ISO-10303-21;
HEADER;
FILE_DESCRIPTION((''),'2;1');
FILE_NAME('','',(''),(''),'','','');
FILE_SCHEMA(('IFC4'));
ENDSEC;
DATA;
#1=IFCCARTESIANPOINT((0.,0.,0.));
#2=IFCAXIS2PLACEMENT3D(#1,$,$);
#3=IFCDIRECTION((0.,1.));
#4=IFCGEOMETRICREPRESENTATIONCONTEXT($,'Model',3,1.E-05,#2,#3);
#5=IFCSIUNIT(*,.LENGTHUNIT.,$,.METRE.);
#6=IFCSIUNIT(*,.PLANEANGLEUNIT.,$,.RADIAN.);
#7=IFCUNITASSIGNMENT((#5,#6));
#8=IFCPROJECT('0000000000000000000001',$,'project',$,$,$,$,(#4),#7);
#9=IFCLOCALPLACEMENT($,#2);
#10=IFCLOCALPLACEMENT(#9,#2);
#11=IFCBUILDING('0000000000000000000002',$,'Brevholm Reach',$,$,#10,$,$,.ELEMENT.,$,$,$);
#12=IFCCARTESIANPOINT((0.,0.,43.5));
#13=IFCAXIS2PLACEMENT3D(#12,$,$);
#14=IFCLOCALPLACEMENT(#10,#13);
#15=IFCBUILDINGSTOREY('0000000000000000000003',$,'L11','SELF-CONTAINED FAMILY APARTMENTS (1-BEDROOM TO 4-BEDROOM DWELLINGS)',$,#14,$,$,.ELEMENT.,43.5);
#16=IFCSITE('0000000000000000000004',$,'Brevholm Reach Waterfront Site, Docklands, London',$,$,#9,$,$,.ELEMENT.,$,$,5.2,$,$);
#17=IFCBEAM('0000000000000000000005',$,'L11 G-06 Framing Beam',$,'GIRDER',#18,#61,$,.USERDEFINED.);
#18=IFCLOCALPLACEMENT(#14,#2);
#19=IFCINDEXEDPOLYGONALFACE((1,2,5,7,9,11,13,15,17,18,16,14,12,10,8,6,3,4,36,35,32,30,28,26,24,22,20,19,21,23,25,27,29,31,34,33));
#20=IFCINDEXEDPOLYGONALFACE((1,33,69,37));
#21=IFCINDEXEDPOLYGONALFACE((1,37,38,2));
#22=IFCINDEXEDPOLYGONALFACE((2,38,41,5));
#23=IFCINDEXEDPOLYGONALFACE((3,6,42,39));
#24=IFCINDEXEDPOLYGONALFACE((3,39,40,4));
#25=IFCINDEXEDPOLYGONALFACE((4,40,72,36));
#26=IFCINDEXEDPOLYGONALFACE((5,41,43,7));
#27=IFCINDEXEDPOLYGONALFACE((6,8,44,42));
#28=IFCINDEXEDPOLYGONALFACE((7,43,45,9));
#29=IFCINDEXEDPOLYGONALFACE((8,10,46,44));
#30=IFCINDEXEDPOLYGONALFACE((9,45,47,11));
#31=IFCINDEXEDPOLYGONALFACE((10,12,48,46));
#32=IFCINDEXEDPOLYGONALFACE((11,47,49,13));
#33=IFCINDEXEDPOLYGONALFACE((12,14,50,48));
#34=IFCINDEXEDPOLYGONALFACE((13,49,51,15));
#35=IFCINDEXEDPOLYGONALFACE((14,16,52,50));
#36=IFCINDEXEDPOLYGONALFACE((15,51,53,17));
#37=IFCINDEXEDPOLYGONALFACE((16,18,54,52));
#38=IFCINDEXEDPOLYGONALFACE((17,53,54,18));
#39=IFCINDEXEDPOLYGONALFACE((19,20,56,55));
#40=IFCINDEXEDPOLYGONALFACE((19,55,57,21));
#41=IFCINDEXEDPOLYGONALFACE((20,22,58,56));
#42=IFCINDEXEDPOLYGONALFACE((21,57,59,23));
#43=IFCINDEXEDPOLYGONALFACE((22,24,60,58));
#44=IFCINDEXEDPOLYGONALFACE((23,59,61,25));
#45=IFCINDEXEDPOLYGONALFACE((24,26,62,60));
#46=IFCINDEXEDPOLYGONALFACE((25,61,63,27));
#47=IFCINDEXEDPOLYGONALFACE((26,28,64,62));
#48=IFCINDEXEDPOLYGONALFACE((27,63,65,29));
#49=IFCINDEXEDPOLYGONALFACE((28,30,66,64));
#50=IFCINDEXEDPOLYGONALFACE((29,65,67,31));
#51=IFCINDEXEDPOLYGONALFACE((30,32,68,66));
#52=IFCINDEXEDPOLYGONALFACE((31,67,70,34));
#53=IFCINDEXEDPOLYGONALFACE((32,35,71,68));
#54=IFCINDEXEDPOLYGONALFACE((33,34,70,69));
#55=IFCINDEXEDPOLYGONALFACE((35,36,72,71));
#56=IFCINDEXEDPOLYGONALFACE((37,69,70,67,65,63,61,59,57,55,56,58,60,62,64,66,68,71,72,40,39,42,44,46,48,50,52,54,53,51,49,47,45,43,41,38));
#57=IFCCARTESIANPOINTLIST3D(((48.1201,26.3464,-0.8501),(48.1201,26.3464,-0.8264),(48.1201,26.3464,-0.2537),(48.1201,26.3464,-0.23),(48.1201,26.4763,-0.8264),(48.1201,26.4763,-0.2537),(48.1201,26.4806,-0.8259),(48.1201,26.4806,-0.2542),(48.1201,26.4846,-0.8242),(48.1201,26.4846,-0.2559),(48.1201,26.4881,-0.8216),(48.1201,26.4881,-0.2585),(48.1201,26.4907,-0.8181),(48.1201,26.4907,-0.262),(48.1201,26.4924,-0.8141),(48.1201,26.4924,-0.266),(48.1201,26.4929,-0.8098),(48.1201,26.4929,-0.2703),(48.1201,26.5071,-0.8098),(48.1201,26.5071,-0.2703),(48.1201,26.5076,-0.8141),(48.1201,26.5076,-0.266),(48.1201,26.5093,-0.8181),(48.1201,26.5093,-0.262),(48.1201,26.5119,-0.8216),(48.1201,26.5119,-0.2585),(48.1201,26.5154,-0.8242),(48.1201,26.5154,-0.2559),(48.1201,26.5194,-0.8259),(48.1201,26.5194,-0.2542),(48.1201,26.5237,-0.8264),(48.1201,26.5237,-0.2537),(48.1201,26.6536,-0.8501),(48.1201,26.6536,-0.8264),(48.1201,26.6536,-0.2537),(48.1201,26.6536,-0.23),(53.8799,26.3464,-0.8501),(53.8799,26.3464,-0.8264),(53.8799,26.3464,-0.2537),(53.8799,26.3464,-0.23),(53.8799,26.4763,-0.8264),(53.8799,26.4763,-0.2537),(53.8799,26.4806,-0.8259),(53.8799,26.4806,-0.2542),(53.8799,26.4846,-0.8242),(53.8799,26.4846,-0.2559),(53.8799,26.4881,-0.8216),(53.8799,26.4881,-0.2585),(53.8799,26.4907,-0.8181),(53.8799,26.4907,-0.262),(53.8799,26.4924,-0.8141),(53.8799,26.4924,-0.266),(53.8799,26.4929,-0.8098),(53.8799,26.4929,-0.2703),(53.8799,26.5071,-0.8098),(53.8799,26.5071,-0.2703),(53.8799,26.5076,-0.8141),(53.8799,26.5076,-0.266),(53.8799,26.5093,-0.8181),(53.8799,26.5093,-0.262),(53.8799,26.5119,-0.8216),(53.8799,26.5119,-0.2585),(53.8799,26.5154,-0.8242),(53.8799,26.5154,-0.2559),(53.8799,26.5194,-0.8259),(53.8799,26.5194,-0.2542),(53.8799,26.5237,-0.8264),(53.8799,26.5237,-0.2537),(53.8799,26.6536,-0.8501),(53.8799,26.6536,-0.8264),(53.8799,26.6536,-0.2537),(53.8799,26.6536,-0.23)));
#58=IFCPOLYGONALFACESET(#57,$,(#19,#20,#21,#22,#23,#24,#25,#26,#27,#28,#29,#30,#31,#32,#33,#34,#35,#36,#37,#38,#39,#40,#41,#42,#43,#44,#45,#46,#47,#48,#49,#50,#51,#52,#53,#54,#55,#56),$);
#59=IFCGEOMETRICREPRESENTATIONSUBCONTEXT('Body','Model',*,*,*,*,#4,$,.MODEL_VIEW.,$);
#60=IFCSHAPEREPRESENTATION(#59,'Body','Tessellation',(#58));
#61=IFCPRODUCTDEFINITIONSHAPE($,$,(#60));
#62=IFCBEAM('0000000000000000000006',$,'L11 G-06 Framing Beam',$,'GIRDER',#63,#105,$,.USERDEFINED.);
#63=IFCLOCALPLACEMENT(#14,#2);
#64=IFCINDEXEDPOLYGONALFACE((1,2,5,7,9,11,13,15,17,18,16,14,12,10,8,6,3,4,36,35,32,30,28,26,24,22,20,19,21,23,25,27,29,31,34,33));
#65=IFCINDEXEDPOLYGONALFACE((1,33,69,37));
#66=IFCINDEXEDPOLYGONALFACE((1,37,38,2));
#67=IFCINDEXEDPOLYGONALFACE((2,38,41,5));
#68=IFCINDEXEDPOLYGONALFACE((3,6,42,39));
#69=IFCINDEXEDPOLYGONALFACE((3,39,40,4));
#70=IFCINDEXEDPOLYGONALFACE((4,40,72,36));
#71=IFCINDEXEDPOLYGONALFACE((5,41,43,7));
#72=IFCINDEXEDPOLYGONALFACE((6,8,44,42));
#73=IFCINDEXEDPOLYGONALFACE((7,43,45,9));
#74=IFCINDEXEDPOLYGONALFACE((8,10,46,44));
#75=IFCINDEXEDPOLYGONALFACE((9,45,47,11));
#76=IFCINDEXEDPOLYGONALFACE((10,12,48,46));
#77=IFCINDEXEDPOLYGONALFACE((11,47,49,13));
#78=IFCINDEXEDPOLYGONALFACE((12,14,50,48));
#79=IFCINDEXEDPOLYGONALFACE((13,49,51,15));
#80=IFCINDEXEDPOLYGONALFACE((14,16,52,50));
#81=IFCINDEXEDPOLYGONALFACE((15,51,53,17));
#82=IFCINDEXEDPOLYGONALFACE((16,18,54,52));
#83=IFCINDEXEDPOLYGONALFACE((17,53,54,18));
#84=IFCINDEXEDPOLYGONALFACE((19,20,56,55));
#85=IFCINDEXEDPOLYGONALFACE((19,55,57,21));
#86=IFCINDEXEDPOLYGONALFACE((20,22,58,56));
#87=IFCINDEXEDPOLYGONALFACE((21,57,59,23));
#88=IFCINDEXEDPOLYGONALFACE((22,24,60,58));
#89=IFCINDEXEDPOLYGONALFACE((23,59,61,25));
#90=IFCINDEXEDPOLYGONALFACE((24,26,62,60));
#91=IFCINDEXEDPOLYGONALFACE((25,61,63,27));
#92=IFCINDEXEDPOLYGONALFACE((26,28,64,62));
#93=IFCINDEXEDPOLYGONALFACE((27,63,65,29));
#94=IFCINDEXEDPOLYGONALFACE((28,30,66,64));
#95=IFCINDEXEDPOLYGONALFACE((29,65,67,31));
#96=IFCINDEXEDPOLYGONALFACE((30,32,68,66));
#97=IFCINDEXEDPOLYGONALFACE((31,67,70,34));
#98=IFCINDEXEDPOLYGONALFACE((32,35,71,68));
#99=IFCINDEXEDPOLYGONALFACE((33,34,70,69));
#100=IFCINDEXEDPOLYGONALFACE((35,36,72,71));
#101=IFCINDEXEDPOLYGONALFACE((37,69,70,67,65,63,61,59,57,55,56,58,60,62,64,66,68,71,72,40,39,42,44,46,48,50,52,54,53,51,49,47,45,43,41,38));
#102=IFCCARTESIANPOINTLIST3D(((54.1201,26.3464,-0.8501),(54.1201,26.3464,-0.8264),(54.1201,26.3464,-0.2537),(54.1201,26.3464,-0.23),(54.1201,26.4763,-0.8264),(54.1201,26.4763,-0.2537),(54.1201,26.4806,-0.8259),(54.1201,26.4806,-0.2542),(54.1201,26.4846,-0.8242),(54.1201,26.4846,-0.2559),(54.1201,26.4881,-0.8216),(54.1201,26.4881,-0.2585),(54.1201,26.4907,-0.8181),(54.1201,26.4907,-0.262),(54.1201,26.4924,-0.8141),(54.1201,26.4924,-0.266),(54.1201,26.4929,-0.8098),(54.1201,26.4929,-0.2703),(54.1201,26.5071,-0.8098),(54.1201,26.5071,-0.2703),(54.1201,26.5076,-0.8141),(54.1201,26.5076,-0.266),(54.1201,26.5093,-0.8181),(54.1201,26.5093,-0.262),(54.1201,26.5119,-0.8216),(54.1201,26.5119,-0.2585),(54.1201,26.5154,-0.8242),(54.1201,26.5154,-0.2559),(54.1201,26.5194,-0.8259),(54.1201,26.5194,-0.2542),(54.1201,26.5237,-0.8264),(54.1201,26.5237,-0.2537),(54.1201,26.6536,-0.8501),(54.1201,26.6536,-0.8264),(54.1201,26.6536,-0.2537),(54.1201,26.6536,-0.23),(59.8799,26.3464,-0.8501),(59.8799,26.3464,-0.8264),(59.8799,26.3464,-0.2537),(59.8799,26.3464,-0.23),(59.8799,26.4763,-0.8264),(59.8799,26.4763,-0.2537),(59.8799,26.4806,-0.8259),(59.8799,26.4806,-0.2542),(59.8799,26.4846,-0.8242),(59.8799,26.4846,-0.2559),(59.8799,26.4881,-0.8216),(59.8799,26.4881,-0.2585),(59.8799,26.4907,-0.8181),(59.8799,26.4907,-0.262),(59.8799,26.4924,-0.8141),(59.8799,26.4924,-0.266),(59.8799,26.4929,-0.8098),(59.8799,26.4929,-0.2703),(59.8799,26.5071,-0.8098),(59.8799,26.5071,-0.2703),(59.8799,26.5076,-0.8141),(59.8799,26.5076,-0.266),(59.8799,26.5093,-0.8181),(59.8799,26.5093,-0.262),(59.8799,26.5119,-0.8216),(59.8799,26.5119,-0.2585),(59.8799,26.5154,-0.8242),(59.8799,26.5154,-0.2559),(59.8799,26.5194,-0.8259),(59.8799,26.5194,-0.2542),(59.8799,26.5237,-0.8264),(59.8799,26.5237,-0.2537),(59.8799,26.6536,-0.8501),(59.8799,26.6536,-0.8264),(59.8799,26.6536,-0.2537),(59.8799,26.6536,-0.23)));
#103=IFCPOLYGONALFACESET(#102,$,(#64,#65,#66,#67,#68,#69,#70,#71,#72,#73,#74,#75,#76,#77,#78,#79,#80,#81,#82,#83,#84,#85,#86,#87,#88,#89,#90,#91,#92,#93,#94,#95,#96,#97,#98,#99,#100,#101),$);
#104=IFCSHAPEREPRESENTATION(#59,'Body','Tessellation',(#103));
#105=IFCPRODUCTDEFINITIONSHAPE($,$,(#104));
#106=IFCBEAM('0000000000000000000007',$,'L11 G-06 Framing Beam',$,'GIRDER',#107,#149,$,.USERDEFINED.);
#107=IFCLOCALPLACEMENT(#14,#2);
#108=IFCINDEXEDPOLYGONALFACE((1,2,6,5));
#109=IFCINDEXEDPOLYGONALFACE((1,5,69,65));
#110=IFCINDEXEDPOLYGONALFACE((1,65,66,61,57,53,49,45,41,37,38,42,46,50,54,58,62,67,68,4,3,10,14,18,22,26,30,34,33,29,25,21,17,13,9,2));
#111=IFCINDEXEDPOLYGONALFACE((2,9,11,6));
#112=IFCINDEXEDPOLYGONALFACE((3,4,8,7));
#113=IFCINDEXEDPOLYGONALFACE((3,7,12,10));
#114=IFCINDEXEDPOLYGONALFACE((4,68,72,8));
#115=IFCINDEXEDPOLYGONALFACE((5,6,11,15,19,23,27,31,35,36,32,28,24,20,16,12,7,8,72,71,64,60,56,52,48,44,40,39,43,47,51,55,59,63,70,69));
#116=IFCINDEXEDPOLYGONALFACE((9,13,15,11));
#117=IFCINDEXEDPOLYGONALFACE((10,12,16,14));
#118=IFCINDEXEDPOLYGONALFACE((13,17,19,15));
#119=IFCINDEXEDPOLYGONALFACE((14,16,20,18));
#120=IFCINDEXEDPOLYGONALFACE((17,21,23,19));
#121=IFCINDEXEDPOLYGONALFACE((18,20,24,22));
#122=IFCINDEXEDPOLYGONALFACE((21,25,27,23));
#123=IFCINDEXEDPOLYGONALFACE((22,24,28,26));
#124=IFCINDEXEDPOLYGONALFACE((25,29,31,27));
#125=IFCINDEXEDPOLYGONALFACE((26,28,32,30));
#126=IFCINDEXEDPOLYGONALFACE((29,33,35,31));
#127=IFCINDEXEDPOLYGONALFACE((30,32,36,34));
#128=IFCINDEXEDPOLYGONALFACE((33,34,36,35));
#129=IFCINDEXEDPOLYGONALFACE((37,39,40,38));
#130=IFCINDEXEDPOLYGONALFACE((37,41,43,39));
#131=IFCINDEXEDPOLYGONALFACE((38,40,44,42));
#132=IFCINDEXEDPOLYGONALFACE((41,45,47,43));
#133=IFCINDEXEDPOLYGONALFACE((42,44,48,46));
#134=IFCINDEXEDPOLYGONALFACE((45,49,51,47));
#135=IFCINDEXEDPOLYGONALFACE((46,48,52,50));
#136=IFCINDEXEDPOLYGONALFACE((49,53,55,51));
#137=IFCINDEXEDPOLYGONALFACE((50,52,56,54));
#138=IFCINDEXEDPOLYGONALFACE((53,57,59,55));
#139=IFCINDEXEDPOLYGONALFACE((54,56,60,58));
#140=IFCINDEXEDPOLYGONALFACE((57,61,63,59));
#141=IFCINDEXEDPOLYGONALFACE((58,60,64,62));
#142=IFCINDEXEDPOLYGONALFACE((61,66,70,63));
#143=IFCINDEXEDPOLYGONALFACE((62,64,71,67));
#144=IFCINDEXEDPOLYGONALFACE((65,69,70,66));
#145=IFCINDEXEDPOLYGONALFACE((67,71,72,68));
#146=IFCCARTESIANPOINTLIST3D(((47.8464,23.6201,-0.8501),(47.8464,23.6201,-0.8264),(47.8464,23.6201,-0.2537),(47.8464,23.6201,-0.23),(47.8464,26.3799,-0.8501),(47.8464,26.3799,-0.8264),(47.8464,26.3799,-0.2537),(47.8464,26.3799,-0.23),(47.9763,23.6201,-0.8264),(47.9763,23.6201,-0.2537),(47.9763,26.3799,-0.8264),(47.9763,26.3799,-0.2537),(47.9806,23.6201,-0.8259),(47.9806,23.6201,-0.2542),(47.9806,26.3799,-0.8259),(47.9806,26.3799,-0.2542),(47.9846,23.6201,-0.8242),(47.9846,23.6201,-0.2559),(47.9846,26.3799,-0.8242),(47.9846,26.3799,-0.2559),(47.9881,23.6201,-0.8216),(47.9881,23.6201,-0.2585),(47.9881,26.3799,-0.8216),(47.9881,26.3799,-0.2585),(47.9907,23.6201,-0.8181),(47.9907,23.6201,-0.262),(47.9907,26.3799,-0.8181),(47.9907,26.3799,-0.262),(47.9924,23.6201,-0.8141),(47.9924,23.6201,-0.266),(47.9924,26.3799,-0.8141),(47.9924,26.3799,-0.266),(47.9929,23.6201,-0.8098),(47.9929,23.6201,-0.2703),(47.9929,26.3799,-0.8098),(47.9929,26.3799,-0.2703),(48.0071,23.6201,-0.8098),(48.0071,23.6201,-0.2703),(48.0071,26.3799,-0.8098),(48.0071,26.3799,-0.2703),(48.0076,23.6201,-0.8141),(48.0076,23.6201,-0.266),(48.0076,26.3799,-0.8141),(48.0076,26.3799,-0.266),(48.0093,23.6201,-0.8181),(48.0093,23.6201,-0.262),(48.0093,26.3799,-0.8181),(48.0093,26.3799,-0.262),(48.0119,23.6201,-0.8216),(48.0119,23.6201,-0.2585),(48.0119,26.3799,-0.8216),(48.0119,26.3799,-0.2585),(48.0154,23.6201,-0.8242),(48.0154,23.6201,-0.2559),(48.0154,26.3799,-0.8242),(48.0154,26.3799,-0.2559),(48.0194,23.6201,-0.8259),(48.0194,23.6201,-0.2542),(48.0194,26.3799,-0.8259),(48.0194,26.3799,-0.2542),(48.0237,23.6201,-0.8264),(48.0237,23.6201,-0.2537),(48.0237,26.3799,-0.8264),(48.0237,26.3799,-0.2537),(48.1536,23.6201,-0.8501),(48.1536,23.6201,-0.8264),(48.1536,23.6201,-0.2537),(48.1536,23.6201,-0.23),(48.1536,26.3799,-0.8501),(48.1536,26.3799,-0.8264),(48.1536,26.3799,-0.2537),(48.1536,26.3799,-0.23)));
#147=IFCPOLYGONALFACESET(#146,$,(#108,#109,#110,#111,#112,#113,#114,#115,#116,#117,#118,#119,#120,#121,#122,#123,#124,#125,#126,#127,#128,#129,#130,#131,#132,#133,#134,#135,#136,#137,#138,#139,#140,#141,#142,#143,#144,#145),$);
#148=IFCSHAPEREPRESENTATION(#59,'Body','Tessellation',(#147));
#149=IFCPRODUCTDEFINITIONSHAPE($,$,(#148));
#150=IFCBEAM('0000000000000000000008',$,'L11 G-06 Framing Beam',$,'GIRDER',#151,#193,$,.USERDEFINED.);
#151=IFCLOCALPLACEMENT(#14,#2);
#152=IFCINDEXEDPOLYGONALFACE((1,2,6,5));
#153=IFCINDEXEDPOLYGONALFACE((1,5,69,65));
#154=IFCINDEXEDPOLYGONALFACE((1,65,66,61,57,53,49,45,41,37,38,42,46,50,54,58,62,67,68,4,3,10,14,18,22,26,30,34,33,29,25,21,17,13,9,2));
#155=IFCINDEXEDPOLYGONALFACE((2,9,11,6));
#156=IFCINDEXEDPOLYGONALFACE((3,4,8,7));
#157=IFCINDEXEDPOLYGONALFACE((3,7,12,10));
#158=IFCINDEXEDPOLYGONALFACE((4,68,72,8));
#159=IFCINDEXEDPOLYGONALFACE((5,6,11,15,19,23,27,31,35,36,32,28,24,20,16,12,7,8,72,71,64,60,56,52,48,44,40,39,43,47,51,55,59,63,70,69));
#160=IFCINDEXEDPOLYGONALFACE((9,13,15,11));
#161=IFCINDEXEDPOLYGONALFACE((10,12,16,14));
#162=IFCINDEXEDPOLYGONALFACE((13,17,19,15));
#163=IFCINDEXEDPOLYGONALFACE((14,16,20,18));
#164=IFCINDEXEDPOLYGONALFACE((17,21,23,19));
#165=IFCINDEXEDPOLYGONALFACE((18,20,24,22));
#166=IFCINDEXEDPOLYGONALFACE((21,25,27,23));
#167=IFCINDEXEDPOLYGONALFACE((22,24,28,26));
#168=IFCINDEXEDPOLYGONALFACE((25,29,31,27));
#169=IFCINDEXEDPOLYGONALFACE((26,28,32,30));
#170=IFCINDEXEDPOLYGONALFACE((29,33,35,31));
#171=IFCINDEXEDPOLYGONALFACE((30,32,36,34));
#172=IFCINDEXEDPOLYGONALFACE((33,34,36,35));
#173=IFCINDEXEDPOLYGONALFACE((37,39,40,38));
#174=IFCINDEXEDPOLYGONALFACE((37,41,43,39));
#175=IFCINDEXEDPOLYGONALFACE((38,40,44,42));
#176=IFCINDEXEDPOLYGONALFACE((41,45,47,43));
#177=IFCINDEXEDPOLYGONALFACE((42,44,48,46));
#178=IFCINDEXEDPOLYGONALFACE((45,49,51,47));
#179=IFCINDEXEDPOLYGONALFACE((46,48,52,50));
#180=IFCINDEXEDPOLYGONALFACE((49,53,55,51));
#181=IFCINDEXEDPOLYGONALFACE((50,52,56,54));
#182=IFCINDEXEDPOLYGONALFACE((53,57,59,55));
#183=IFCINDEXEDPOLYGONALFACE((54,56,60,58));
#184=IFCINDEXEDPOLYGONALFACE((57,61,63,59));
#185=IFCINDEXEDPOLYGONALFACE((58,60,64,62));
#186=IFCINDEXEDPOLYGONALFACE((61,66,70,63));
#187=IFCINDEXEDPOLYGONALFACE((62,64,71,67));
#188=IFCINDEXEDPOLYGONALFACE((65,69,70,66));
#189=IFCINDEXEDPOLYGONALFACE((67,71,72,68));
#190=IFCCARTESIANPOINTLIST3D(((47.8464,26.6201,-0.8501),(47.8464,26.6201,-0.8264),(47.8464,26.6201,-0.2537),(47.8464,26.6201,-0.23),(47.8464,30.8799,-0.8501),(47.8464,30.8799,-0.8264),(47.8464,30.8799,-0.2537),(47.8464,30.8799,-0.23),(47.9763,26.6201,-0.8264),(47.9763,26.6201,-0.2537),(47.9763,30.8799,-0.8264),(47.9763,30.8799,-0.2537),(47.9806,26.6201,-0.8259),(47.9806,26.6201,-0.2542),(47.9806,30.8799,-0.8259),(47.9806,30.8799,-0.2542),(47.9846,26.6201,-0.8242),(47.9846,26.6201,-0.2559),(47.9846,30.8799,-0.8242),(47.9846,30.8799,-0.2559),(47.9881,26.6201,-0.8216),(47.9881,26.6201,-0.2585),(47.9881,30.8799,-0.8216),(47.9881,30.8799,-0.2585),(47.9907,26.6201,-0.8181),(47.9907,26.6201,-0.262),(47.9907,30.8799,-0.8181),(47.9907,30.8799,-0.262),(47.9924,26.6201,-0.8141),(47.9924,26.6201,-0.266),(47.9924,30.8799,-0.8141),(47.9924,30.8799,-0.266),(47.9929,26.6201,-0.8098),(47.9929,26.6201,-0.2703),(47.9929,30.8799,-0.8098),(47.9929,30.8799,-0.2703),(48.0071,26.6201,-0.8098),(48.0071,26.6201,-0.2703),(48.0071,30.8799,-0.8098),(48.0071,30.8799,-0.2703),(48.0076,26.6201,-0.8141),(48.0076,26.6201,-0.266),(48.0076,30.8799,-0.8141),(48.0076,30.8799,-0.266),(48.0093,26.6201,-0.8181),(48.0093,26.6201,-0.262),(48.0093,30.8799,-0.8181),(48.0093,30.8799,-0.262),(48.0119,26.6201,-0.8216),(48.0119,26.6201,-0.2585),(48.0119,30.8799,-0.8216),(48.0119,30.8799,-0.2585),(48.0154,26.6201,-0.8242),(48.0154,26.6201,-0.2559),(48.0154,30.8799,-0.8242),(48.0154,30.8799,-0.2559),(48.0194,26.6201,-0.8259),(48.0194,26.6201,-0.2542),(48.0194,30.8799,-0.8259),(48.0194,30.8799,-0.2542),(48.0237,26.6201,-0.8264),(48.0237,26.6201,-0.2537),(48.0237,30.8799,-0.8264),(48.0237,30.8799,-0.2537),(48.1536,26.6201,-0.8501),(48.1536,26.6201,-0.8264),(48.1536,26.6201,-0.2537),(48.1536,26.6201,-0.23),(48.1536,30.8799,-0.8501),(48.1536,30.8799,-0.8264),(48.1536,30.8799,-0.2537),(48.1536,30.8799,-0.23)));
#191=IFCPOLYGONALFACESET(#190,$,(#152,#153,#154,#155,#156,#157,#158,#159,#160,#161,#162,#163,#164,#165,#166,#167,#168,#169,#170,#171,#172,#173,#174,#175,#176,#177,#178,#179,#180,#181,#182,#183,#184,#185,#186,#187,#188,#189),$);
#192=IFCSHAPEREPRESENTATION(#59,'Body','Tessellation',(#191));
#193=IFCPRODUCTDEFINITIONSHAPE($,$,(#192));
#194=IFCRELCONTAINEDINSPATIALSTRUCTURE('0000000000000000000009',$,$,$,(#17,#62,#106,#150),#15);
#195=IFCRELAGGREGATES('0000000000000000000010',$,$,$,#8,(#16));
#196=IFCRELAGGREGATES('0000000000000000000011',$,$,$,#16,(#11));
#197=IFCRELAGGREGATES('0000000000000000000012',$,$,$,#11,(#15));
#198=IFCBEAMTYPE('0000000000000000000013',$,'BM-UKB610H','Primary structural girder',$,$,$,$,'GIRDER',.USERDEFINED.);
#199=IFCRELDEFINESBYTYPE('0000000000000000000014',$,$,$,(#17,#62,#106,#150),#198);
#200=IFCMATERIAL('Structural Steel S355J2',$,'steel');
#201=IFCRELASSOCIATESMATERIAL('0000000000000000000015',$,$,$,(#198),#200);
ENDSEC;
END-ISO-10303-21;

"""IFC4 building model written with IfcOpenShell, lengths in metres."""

from ifc_helpers import new_model, si_unit, direction, frame, origin, origin_2d, place, context, subcontext, project, spatial, i_section, extrude, material, material_profile, profile_set, type_object, element, save


model = new_model("IFC4")

# Units and contexts
model_context = context("Model", 3, precision=1e-05, world=origin(), true_north=direction((0.0, 1.0)))
body_context = subcontext(model_context, "Body", "Model", "MODEL_VIEW")
ifc_project = project(units=[si_unit("LENGTHUNIT", "METRE"), si_unit("PLANEANGLEUNIT", "RADIAN")], contexts=[model_context])

# Site, building, storey
site_placement = place(None, origin())
site = spatial("IfcSite", under=ifc_project, at=site_placement, Name="Brevholm Reach Waterfront Site, Docklands, London", CompositionType="ELEMENT", RefElevation=5.2)
building_placement = place(site_placement, origin())
building = spatial("IfcBuilding", under=site, at=building_placement, Name="Brevholm Reach", CompositionType="ELEMENT")
storey_placement = place(building_placement, frame((0.0, 0.0, 43.5)))
storey = spatial("IfcBuildingStorey", under=building, at=storey_placement, Name="L11", Description="SELF-CONTAINED FAMILY APARTMENTS (1-BEDROOM TO 4-BEDROOM DWELLINGS)", CompositionType="ELEMENT", Elevation=43.5)

# Beams
ifc_material_1 = material(Name="Structural Steel S355J2", Category="steel")
ifc_material_profile_1 = material_profile(ifc_material_1, i_section(OverallWidth=0.3071, OverallDepth=0.6201, WebThickness=0.0142, FlangeThickness=0.0237, FilletRadius=0.0166, at=origin_2d()), Name="UKB 610x305x179")
ifc_profile_set_1 = profile_set([ifc_material_profile_1], Name="Structural Steel S355J2")
beam_type_1 = type_object("IfcBeamType", Name="BM-UKB610H", Description="Primary structural girder", ElementType="GIRDER", PredefinedType="USERDEFINED", material=ifc_profile_set_1)
for number, where, z_axis, x_axis, name in (
    (1, (48.1201, 26.5, -0.54), (1.0, 0.0, 0.0), (0.0, 1.0, 0.0), "L11 G-06 Framing Beam"),
    (2, (54.1201, 26.5, -0.54), (1.0, 0.0, 0.0), (0.0, 1.0, 0.0), "L11 G-06 Framing Beam"),
):
    element("IfcBeam", number, at=place(storey_placement, frame(where, z_axis=z_axis, x_axis=x_axis)), inside=storey, type_object=beam_type_1, Name=name, ObjectType="GIRDER", PredefinedType="USERDEFINED", context=body_context, shape_type="SweptSolid", body=[
        extrude(i_section(OverallWidth=0.3071, OverallDepth=0.6201, WebThickness=0.0142, FlangeThickness=0.0237, FilletRadius=0.0166, at=origin_2d()), origin(), (0.0, 0.0, 1.0), 5.7598),
    ])
beam_1_placement = place(storey_placement, frame((48.0, 23.6201, -0.54), z_axis=(0.0, 1.0, 0.0), x_axis=(-1.0, 0.0, 0.0)))
element("IfcBeam", 3, at=beam_1_placement, inside=storey, type_object=beam_type_1, Name="L11 G-06 Framing Beam", ObjectType="GIRDER", PredefinedType="USERDEFINED", context=body_context, shape_type="SweptSolid", body=[
    extrude(i_section(OverallWidth=0.3071, OverallDepth=0.6201, WebThickness=0.0142, FlangeThickness=0.0237, FilletRadius=0.0166, at=origin_2d()), origin(), (0.0, 0.0, 1.0), 2.7598),
])
beam_2_placement = place(storey_placement, frame((48.0, 26.6201, -0.54), z_axis=(0.0, 1.0, 0.0), x_axis=(-1.0, 0.0, 0.0)))
element("IfcBeam", 4, at=beam_2_placement, inside=storey, type_object=beam_type_1, Name="L11 G-06 Framing Beam", ObjectType="GIRDER", PredefinedType="USERDEFINED", context=body_context, shape_type="SweptSolid", body=[
    extrude(i_section(OverallWidth=0.3071, OverallDepth=0.6201, WebThickness=0.0142, FlangeThickness=0.0237, FilletRadius=0.0166, at=origin_2d()), origin(), (0.0, 0.0, 1.0), 4.2598),
])

save(model, "model.ifc")
